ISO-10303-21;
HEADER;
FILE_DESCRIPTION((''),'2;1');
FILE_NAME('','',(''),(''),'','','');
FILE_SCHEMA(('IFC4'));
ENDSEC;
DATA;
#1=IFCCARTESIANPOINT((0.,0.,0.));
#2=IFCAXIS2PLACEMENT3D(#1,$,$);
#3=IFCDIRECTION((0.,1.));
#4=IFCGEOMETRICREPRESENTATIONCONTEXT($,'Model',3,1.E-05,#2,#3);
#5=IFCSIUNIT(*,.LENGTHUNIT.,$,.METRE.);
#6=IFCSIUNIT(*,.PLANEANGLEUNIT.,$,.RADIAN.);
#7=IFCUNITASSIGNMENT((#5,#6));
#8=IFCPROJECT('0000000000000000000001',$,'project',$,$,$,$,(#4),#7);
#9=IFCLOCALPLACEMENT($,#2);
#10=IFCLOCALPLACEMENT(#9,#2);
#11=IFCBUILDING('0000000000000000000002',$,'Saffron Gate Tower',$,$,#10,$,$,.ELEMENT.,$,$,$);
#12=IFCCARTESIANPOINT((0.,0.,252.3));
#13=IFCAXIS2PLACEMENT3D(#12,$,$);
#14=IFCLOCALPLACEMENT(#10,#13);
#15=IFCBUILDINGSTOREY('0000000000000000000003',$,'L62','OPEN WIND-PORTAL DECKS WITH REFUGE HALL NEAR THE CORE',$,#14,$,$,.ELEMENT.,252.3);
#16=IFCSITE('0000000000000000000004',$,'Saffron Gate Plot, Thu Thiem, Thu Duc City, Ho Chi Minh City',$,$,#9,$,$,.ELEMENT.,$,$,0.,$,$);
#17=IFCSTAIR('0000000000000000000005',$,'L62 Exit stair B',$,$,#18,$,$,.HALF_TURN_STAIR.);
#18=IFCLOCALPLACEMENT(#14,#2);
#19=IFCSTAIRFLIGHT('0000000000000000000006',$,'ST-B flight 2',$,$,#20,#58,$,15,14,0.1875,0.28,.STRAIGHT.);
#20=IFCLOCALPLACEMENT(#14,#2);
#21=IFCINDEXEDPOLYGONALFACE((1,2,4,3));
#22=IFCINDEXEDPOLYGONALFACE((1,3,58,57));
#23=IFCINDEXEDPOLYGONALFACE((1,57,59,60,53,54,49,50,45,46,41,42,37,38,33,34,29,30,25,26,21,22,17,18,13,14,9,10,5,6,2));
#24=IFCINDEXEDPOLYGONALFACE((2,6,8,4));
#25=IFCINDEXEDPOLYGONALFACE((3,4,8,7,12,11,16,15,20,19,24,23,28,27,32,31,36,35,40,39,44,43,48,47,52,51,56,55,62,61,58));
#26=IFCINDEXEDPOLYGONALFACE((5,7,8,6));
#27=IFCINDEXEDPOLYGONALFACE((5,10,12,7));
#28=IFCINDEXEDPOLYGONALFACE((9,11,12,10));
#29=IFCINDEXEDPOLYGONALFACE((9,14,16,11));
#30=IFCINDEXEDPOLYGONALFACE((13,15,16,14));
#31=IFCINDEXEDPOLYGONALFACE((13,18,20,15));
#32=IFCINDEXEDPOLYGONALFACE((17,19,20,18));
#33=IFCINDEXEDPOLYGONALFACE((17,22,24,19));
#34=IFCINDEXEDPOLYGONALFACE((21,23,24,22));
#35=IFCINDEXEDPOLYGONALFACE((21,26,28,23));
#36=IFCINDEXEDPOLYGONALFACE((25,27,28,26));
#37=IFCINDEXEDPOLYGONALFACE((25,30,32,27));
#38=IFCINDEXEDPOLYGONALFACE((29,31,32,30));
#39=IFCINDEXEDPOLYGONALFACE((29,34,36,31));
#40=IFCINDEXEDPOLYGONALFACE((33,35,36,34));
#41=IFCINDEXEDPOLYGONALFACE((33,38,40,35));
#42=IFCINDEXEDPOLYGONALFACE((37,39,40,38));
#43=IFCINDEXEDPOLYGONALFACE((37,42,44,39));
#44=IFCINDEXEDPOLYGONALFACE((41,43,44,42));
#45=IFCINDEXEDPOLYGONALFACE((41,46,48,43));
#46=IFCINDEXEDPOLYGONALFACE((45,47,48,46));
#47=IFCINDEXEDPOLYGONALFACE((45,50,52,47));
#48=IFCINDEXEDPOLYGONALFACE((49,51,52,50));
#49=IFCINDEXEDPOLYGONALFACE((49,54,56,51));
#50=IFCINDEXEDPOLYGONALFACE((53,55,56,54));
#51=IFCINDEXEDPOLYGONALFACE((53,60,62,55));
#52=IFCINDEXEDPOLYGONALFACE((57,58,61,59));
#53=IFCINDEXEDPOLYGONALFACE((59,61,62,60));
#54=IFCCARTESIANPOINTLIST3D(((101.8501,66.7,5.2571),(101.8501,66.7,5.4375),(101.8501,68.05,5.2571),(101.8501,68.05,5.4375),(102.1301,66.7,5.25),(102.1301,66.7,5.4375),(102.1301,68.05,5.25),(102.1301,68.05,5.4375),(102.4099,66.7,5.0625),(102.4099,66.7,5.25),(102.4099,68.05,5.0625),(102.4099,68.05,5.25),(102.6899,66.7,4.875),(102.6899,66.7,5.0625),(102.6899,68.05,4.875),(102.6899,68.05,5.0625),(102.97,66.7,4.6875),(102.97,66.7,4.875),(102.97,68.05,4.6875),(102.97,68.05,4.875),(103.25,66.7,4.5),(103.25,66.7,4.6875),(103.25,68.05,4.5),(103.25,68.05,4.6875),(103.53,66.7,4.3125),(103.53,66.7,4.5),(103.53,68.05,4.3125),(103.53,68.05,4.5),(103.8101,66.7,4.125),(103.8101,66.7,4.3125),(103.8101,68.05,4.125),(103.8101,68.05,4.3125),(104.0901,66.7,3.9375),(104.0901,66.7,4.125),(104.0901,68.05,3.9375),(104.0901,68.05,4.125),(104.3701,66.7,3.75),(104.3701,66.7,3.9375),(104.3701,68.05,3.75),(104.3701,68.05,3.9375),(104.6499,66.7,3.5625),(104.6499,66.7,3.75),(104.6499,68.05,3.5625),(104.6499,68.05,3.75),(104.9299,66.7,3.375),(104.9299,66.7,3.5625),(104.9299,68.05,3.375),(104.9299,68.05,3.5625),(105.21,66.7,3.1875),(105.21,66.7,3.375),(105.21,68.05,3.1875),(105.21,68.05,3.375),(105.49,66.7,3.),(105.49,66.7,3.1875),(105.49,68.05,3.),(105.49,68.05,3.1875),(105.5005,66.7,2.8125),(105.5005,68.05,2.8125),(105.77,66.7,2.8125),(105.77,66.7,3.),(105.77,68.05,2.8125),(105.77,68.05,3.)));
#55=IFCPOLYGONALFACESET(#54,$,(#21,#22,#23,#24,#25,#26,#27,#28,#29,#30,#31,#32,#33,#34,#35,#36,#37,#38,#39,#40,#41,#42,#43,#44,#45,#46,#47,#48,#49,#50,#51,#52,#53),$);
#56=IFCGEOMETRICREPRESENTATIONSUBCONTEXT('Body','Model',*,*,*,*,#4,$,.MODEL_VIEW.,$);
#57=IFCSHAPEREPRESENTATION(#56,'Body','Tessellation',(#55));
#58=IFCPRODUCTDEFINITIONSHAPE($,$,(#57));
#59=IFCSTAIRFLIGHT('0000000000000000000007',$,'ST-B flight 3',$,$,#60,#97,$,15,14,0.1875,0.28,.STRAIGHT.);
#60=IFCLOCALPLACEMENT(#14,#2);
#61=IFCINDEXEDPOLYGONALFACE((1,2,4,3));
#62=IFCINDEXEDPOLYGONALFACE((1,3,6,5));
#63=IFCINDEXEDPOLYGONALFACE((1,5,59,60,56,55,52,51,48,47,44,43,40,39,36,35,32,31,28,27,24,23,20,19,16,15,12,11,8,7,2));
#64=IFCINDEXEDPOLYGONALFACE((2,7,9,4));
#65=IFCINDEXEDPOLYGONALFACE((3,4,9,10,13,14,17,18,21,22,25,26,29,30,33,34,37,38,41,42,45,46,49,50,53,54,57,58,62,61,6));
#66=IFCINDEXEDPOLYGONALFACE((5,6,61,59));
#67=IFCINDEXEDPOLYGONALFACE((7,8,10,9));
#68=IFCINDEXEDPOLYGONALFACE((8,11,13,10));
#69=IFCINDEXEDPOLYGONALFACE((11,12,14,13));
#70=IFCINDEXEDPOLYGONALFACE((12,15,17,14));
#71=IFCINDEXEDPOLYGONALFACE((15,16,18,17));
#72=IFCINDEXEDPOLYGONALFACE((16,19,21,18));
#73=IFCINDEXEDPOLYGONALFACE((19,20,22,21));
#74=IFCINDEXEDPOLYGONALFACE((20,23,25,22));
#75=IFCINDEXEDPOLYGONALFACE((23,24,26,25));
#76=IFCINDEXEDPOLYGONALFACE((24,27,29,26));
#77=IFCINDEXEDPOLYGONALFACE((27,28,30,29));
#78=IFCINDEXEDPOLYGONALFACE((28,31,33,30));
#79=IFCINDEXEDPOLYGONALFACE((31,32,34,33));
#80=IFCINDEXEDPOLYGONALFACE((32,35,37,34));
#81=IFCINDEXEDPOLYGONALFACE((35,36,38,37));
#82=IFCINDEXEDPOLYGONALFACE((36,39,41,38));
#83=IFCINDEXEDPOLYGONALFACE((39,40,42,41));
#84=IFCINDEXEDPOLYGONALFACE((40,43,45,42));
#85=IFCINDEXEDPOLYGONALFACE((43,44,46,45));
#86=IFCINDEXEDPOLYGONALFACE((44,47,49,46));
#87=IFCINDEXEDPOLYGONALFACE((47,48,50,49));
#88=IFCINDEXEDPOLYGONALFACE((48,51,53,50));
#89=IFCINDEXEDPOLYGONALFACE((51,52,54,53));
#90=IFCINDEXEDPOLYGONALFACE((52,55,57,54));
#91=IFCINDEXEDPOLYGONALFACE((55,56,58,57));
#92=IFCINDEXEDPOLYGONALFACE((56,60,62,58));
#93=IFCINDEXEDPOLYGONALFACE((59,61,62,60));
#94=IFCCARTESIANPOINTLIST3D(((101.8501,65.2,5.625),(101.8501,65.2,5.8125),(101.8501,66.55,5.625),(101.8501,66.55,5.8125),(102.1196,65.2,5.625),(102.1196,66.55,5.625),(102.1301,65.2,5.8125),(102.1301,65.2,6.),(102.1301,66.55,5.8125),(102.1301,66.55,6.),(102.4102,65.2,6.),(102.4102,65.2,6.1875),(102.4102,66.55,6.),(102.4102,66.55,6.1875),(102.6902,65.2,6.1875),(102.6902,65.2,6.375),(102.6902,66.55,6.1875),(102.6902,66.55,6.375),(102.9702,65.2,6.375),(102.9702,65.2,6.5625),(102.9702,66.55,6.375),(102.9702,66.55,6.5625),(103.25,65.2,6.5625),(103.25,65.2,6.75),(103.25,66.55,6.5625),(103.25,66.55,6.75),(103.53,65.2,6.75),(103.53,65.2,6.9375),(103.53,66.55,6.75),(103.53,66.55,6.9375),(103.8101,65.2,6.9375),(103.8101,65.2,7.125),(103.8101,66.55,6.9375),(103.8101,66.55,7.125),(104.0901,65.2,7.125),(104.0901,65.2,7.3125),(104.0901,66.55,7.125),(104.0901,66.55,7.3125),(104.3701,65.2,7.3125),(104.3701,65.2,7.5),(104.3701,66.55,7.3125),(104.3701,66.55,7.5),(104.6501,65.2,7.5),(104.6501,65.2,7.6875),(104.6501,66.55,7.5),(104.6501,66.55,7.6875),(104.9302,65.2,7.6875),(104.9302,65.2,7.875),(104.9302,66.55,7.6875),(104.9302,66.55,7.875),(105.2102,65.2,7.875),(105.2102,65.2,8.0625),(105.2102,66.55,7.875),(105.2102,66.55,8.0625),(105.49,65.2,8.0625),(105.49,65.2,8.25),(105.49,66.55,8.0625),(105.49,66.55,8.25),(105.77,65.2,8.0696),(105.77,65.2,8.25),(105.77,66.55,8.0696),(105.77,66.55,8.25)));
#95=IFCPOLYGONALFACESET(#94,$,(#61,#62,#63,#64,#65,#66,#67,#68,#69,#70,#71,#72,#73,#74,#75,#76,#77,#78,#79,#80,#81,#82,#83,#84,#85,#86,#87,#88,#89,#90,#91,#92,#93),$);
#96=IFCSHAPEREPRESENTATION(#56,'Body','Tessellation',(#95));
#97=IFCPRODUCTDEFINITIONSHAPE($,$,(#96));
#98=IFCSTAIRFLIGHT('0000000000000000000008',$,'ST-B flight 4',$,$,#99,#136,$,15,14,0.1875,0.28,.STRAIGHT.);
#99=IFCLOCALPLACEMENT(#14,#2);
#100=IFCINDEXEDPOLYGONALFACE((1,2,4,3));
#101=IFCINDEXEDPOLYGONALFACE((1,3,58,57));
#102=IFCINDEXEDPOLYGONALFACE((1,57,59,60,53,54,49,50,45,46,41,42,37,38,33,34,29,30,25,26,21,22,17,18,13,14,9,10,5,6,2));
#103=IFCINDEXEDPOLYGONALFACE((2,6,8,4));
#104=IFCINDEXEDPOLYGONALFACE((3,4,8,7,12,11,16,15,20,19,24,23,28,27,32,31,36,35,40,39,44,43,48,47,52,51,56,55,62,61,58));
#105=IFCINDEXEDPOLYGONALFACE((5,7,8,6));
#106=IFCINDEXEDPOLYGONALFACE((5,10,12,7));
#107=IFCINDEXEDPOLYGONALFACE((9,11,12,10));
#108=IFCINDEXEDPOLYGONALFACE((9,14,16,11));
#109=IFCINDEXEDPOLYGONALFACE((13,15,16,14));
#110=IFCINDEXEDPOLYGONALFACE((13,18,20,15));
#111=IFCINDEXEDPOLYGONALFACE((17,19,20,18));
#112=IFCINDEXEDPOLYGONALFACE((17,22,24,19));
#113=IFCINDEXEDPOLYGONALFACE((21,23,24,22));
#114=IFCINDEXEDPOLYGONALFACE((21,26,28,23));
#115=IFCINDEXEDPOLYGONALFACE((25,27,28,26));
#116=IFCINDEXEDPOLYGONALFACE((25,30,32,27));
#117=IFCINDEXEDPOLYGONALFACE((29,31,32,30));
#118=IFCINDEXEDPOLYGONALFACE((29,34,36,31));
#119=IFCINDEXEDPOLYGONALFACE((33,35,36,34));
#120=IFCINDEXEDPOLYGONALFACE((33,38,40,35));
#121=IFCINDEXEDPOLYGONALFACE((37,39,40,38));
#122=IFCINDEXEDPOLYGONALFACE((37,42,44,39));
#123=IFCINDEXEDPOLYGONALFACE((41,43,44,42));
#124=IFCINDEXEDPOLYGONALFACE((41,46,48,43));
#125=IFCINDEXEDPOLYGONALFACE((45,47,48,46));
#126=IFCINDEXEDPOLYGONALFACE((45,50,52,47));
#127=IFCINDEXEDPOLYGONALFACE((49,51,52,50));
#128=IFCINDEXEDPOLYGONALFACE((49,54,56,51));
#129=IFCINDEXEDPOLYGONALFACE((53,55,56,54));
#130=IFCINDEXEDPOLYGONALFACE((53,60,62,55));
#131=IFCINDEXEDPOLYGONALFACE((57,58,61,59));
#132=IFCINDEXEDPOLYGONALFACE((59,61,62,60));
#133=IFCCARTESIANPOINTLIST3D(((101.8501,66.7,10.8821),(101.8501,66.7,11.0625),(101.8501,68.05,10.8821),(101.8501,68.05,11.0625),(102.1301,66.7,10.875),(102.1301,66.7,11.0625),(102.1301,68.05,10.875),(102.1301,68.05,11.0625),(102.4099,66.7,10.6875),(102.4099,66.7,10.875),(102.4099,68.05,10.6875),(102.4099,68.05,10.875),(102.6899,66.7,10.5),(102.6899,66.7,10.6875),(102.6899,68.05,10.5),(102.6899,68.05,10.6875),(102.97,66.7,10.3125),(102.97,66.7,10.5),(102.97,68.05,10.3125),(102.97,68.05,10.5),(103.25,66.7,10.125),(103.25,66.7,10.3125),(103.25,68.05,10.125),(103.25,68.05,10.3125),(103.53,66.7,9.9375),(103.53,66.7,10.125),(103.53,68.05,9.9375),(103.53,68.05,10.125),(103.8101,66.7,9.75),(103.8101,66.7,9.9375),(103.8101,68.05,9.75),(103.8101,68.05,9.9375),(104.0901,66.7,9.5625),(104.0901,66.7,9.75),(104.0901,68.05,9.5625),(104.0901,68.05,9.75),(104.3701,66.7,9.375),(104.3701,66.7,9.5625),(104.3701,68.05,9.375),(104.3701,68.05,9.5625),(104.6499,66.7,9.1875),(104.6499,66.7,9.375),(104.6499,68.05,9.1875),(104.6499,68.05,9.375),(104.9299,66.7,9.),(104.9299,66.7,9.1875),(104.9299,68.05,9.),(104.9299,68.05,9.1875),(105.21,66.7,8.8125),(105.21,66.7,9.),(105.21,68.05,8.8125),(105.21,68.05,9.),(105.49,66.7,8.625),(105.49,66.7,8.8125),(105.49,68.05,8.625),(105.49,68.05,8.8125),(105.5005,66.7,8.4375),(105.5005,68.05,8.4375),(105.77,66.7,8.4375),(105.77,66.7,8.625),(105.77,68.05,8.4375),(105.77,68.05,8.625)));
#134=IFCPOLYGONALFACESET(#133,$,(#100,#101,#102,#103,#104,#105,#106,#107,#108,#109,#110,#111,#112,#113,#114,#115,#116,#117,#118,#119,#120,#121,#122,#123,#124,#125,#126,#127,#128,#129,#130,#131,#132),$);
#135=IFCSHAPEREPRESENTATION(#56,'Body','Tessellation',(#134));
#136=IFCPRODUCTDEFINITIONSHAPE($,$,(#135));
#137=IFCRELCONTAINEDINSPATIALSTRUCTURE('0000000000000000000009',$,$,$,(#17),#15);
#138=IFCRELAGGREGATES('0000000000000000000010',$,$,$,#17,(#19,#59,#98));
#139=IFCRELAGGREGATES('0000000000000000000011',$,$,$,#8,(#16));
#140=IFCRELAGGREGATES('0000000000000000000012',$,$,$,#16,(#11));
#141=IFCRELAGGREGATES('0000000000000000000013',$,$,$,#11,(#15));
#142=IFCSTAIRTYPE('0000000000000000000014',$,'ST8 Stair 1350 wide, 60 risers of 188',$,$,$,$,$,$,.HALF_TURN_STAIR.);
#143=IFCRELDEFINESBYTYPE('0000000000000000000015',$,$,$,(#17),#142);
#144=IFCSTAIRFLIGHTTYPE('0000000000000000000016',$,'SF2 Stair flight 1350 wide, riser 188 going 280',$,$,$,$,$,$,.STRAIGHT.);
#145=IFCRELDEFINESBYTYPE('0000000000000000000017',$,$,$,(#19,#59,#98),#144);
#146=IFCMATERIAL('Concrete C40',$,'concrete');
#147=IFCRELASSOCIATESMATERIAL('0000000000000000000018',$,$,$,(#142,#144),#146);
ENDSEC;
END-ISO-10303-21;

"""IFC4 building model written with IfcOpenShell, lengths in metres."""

from ifc_helpers import new_model, si_unit, direction, frame, origin, place, context, subcontext, project, spatial, polyline, outline, extrude, material, type_object, element, aggregate, save


model = new_model("IFC4")

# Units and contexts
model_context = context("Model", 3, precision=1e-05, world=origin(), true_north=direction((0.0, 1.0)))
body_context = subcontext(model_context, "Body", "Model", "MODEL_VIEW")
ifc_project = project(units=[si_unit("LENGTHUNIT", "METRE"), si_unit("PLANEANGLEUNIT", "RADIAN")], contexts=[model_context])

# Site, building, storey
site_placement = place(None, origin())
site = spatial("IfcSite", under=ifc_project, at=site_placement, Name="Saffron Gate Plot, Thu Thiem, Thu Duc City, Ho Chi Minh City", CompositionType="ELEMENT", RefElevation=0.0)
building_placement = place(site_placement, origin())
building = spatial("IfcBuilding", under=site, at=building_placement, Name="Saffron Gate Tower", CompositionType="ELEMENT")
storey_placement = place(building_placement, frame((0.0, 0.0, 252.3)))
storey = spatial("IfcBuildingStorey", under=building, at=storey_placement, Name="L62", Description="OPEN WIND-PORTAL DECKS WITH REFUGE HALL NEAR THE CORE", CompositionType="ELEMENT", Elevation=252.3)

# Shared definitions
ifc_material_1 = material(Name="Concrete C40", Category="concrete")

# Stair, stair flights
stair_type = type_object("IfcStairType", Name="ST8 Stair 1350 wide, 60 risers of 188", PredefinedType="HALF_TURN_STAIR", material=ifc_material_1)
stair_placement = place(storey_placement, origin())
stair = element("IfcStair", 1, at=stair_placement, inside=storey, type_object=stair_type, Name="L62 Exit stair B", PredefinedType="HALF_TURN_STAIR")
stair_flight_type = type_object("IfcStairFlightType", Name="SF2 Stair flight 1350 wide, riser 188 going 280", PredefinedType="STRAIGHT", material=ifc_material_1)
stair_flight_1_placement = place(storey_placement, frame((105.77, 67.375, 2.8125), z_axis=(0.0, 0.0, 1.0), x_axis=(-1.0, 0.0, 0.0)))
stair_flight_1 = element("IfcStairFlight", 2, at=stair_flight_1_placement, type_object=stair_flight_type, Name="ST-B flight 2", NumberOfRisers=15, NumberOfTreads=14, PredefinedType="STRAIGHT", RiserHeight=0.1875, TreadLength=0.28, context=body_context, shape_type="SweptSolid", body=[
    extrude(outline(polyline([(0.0, 0.0), (0.0, 0.1875), (0.28, 0.1875), (0.28, 0.375), (0.5601, 0.375), (0.5601, 0.5625), (0.8401, 0.5625), (0.8401, 0.75), (1.1201, 0.75), (1.1201, 0.9375), (1.3999, 0.9375), (1.3999, 1.125), (1.6799, 1.125), (1.6799, 1.3125), (1.96, 1.3125), (1.96, 1.5), (2.24, 1.5), (2.24, 1.6875), (2.52, 1.6875), (2.52, 1.875), (2.8, 1.875), (2.8, 2.0625), (3.0801, 2.0625), (3.0801, 2.25), (3.3601, 2.25), (3.3601, 2.4375), (3.6399, 2.4375), (3.6399, 2.625), (3.9199, 2.625), (3.9199, 2.8125), (3.9199, 2.4446), (0.2695, 0.0), (0.0, 0.0)])), frame((0.0, 0.675, 0.0), z_axis=(0.0, -1.0, 0.0), x_axis=(1.0, 0.0, 0.0)), (0.0, 0.0, 1.0), 1.3501),
])
stair_flight_2_placement = place(storey_placement, frame((101.8501, 65.875, 5.625), z_axis=(0.0, 0.0, 1.0), x_axis=(1.0, 0.0, 0.0)))
stair_flight_2 = element("IfcStairFlight", 3, at=stair_flight_2_placement, type_object=stair_flight_type, Name="ST-B flight 3", NumberOfRisers=15, NumberOfTreads=14, PredefinedType="STRAIGHT", RiserHeight=0.1875, TreadLength=0.28, context=body_context, shape_type="SweptSolid", body=[
    extrude(outline(polyline([(0.0, 0.0), (0.0, 0.1875), (0.28, 0.1875), (0.28, 0.375), (0.5601, 0.375), (0.5601, 0.5625), (0.8401, 0.5625), (0.8401, 0.75), (1.1201, 0.75), (1.1201, 0.9375), (1.3999, 0.9375), (1.3999, 1.125), (1.6799, 1.125), (1.6799, 1.3125), (1.96, 1.3125), (1.96, 1.5), (2.24, 1.5), (2.24, 1.6875), (2.52, 1.6875), (2.52, 1.875), (2.8, 1.875), (2.8, 2.0625), (3.0801, 2.0625), (3.0801, 2.25), (3.3601, 2.25), (3.3601, 2.4375), (3.6399, 2.4375), (3.6399, 2.625), (3.9199, 2.625), (3.9199, 2.8125), (3.9199, 2.4446), (0.2695, 0.0), (0.0, 0.0)])), frame((0.0, 0.675, 0.0), z_axis=(0.0, -1.0, 0.0), x_axis=(1.0, 0.0, 0.0)), (0.0, 0.0, 1.0), 1.3501),
])
stair_flight_3_placement = place(storey_placement, frame((105.77, 67.375, 8.4375), z_axis=(0.0, 0.0, 1.0), x_axis=(-1.0, 0.0, 0.0)))
stair_flight_3 = element("IfcStairFlight", 4, at=stair_flight_3_placement, type_object=stair_flight_type, Name="ST-B flight 4", NumberOfRisers=15, NumberOfTreads=14, PredefinedType="STRAIGHT", RiserHeight=0.1875, TreadLength=0.28, context=body_context, shape_type="SweptSolid", body=[
    extrude(outline(polyline([(0.0, 0.0), (0.0, 0.1875), (0.28, 0.1875), (0.28, 0.375), (0.5601, 0.375), (0.5601, 0.5625), (0.8401, 0.5625), (0.8401, 0.75), (1.1201, 0.75), (1.1201, 0.9375), (1.3999, 0.9375), (1.3999, 1.125), (1.6799, 1.125), (1.6799, 1.3125), (1.96, 1.3125), (1.96, 1.5), (2.24, 1.5), (2.24, 1.6875), (2.52, 1.6875), (2.52, 1.875), (2.8, 1.875), (2.8, 2.0625), (3.0801, 2.0625), (3.0801, 2.25), (3.3601, 2.25), (3.3601, 2.4375), (3.6399, 2.4375), (3.6399, 2.625), (3.9199, 2.625), (3.9199, 2.8125), (3.9199, 2.4446), (0.2695, 0.0), (0.0, 0.0)])), frame((0.0, 0.675, 0.0), z_axis=(0.0, -1.0, 0.0), x_axis=(1.0, 0.0, 0.0)), (0.0, 0.0, 1.0), 1.3501),
])
aggregate(stair, [stair_flight_1, stair_flight_2, stair_flight_3])

save(model, "model.ifc")
